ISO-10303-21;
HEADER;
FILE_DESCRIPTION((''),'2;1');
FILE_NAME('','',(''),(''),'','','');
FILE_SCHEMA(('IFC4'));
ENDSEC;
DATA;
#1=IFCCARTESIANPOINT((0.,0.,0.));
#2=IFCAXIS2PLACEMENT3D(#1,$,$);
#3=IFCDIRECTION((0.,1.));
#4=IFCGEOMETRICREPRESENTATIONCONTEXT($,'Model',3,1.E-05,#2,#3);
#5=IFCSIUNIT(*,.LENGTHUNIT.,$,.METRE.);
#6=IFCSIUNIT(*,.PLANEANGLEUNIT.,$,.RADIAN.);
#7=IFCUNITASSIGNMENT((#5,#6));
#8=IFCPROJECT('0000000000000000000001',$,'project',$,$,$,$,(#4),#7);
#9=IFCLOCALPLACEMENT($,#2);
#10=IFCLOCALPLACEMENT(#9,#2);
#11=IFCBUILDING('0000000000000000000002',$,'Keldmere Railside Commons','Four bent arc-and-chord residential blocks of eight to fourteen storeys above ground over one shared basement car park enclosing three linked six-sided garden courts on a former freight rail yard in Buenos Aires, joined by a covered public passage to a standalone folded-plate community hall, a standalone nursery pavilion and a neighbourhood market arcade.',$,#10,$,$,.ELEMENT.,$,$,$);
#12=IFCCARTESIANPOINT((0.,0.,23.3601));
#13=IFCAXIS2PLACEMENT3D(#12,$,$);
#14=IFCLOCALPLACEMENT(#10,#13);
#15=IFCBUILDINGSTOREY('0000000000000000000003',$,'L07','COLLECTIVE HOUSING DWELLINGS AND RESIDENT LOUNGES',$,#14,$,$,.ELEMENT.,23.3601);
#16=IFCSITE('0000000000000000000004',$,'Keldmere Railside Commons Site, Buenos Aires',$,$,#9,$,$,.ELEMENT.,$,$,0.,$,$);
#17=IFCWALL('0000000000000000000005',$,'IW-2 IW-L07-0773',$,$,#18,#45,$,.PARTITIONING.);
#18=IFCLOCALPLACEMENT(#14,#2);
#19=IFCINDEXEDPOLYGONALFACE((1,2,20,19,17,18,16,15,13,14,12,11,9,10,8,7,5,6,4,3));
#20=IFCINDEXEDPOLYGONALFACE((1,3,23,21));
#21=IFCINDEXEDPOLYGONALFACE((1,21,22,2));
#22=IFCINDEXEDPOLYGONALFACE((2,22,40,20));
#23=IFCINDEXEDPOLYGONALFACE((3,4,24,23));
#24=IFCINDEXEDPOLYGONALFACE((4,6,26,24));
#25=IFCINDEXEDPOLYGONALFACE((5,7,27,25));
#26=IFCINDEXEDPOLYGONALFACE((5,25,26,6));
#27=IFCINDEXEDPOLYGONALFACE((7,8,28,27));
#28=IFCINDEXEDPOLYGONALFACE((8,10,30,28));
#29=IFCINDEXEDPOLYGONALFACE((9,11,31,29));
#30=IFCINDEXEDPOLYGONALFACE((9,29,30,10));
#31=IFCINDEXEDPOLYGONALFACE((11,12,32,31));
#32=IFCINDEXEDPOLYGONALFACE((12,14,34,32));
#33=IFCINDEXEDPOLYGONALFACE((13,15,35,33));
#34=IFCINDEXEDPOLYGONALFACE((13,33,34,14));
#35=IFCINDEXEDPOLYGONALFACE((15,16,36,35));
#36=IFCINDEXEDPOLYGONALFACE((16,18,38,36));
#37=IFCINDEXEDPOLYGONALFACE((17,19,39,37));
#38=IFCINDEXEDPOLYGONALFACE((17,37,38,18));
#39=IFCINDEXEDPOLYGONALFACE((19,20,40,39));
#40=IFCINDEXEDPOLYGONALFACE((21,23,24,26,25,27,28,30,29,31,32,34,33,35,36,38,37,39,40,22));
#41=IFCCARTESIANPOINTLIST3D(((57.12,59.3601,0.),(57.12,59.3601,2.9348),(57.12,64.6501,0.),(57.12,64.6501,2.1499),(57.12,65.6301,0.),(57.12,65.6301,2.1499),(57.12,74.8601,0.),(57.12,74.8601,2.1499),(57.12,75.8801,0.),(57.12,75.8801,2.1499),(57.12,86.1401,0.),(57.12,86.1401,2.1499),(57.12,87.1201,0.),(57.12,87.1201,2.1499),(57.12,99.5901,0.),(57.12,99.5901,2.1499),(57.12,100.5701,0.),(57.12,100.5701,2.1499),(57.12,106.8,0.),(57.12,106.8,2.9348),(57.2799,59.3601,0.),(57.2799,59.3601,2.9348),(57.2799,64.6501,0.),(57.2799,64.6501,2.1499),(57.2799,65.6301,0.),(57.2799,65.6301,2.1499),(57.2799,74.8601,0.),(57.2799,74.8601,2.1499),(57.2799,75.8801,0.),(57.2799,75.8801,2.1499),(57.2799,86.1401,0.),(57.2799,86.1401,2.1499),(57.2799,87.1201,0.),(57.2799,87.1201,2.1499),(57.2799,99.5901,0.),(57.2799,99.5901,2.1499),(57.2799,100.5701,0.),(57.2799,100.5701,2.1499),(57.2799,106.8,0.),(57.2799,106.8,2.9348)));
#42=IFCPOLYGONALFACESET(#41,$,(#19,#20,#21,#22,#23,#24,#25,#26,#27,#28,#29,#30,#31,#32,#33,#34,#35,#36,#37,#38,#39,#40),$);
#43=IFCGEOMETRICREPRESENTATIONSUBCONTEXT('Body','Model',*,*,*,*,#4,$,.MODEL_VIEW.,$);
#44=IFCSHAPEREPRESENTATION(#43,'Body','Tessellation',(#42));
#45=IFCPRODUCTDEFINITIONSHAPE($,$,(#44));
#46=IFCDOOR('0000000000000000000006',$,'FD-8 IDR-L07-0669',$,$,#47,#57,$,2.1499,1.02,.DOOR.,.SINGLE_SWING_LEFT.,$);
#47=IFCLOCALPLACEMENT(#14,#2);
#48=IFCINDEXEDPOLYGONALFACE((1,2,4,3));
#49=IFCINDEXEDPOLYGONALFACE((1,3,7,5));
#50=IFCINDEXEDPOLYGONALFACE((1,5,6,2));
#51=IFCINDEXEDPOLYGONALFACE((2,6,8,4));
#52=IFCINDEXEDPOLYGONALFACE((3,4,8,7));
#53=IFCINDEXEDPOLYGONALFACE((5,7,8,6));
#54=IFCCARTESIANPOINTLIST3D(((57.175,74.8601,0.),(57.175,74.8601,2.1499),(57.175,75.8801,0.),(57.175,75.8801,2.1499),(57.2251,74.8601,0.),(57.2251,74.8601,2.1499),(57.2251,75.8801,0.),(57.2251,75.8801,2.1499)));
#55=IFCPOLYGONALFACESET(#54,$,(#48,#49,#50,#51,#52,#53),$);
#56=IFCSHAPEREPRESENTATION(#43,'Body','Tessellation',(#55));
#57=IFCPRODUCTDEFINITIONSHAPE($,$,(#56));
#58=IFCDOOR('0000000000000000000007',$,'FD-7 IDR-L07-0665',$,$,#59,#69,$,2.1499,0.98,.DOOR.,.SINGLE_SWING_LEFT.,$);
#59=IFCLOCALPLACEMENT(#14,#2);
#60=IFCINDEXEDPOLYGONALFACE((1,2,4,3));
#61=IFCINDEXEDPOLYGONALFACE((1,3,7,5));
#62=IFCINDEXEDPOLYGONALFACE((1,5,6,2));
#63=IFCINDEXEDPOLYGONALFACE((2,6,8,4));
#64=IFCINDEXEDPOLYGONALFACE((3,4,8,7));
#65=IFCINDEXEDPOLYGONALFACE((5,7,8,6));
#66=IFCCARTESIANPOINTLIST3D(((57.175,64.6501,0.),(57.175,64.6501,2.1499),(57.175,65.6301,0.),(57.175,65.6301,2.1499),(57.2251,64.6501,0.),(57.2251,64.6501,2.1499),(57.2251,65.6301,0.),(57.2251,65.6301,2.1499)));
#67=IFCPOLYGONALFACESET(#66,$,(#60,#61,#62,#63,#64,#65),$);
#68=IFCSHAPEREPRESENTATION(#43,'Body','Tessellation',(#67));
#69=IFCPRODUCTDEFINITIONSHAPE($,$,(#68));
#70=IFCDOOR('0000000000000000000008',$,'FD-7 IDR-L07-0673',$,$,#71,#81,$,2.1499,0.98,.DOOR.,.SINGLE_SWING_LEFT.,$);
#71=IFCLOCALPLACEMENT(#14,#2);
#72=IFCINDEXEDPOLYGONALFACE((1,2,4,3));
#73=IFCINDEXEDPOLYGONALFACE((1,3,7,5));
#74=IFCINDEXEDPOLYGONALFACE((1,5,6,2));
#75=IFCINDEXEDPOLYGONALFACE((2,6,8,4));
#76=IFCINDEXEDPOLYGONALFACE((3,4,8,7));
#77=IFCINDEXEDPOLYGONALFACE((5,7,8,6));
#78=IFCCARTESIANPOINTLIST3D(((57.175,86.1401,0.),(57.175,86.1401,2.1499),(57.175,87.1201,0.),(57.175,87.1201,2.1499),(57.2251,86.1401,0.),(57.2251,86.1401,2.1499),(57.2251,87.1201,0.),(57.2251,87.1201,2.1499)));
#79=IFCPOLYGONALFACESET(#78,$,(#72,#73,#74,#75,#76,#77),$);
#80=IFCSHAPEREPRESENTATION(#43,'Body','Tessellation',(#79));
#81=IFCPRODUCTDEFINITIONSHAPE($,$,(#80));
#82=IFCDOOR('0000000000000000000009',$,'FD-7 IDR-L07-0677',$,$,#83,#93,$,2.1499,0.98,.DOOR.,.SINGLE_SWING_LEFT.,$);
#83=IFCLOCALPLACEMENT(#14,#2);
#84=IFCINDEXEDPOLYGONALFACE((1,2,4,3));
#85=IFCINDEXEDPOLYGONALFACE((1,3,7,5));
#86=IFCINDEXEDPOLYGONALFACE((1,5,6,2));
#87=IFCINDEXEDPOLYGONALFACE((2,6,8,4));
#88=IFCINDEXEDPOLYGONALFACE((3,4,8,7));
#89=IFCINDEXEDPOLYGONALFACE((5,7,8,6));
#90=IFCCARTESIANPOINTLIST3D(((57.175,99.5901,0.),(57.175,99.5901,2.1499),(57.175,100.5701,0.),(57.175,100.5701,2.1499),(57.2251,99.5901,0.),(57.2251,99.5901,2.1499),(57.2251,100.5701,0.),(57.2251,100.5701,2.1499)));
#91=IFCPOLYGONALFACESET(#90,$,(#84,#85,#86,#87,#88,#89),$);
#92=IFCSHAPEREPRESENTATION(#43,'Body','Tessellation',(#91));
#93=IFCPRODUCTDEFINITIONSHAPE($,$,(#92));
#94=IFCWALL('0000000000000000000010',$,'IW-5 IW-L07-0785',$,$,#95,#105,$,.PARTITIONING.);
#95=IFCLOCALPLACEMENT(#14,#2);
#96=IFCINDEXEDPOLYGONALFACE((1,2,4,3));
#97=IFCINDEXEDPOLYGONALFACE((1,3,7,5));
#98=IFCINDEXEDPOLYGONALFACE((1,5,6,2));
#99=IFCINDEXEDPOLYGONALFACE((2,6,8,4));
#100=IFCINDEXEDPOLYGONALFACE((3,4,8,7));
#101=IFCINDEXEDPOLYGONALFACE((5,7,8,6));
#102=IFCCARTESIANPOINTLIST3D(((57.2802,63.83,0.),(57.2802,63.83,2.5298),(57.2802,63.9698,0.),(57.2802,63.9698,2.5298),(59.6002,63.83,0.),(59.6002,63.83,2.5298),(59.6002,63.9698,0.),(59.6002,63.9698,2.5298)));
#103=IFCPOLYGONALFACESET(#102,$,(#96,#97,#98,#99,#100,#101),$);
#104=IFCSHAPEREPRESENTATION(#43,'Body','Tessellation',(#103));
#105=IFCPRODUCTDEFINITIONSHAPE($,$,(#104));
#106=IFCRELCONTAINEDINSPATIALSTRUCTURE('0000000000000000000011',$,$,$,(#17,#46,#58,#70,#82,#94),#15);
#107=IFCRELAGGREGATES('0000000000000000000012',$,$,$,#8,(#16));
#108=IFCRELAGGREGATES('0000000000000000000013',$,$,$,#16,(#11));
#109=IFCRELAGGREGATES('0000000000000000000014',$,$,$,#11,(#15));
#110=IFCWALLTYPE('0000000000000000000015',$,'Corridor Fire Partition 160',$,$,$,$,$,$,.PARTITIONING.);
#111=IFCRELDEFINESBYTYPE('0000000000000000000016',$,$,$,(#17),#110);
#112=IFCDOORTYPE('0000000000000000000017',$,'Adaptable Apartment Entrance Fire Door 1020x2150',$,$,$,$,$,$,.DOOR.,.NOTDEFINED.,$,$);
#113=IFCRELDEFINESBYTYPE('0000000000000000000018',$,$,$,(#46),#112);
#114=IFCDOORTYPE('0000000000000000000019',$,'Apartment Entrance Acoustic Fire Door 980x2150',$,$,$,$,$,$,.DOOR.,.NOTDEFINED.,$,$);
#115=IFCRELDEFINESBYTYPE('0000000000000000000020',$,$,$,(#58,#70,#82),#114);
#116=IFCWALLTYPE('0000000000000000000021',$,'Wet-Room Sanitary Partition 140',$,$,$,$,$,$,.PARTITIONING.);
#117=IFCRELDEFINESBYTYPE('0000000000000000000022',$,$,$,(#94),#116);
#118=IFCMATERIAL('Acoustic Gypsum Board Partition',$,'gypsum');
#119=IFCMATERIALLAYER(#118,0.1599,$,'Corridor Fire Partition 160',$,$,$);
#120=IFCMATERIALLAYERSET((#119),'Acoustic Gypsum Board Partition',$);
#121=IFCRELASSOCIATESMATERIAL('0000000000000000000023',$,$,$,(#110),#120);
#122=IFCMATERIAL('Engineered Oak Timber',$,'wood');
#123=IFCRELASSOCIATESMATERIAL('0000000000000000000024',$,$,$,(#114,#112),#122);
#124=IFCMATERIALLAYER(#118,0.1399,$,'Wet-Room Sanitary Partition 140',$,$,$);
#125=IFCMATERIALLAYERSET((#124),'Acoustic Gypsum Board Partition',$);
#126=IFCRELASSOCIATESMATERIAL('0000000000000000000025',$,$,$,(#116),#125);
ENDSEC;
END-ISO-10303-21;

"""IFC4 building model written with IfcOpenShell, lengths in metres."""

from ifc_helpers import new_model, si_unit, direction, frame, frame_2d, origin, place, context, subcontext, project, spatial, rectangle, extrude, material, layer, layer_set, type_object, element, fill, save


model = new_model("IFC4")

# Units and contexts
model_context = context("Model", 3, precision=1e-05, world=origin(), true_north=direction((0.0, 1.0)))
body_context = subcontext(model_context, "Body", "Model", "MODEL_VIEW")
ifc_project = project(units=[si_unit("LENGTHUNIT", "METRE"), si_unit("PLANEANGLEUNIT", "RADIAN")], contexts=[model_context])

# Site, building, storey
site_placement = place(None, origin())
site = spatial("IfcSite", under=ifc_project, at=site_placement, Name="Keldmere Railside Commons Site, Buenos Aires", CompositionType="ELEMENT", RefElevation=0.0)
building_placement = place(site_placement, origin())
building = spatial("IfcBuilding", under=site, at=building_placement, Name="Keldmere Railside Commons", Description="Four bent arc-and-chord residential blocks of eight to fourteen storeys above ground over one shared basement car park enclosing three linked six-sided garden courts on a former freight rail yard in Buenos Aires, joined by a covered public passage to a standalone folded-plate community hall, a standalone nursery pavilion and a neighbourhood market arcade.", CompositionType="ELEMENT")
storey_placement = place(building_placement, frame((0.0, 0.0, 23.3601)))
storey = spatial("IfcBuildingStorey", under=building, at=storey_placement, Name="L07", Description="COLLECTIVE HOUSING DWELLINGS AND RESIDENT LOUNGES", CompositionType="ELEMENT", Elevation=23.3601)

# Wall, openings, doors
ifc_material_1 = material(Name="Acoustic Gypsum Board Partition", Category="gypsum")
ifc_material_2 = material(Name="Engineered Oak Timber", Category="wood")
ifc_layer_1 = layer(ifc_material_1, 0.1599, Name="Corridor Fire Partition 160")
ifc_layer_set_1 = layer_set([ifc_layer_1], Name="Acoustic Gypsum Board Partition")
wall_type_1 = type_object("IfcWallType", Name="Corridor Fire Partition 160", PredefinedType="PARTITIONING", material=ifc_layer_set_1)
door_type_1 = type_object("IfcDoorType", Name="Apartment Entrance Acoustic Fire Door 980x2150", OperationType="NOTDEFINED", PredefinedType="DOOR", material=ifc_material_2)
wall_1_placement = place(storey_placement, frame((57.2, 59.3601, 0.0), z_axis=(0.0, 0.0, 1.0), x_axis=(0.0, 1.0, 0.0)))
wall_1 = element("IfcWall", 1, at=wall_1_placement, inside=storey, type_object=wall_type_1, Name="IW-2 IW-L07-0773", PredefinedType="PARTITIONING", context=body_context, shape_type="SweptSolid", body=[
    extrude(rectangle(XDim=47.4399, YDim=0.1599, at=frame_2d((23.72, 0.0))), origin(), (0.0, 0.0, 1.0), 2.9348),
])
opening_1_placement = place(wall_1_placement, frame((5.29, 0.0, 0.0)))
opening_1 = element("IfcOpeningElement", 2, at=opening_1_placement, cuts=wall_1, PredefinedType="OPENING", context=body_context, shape_type="SweptSolid", body=[
    extrude(rectangle(XDim=0.98, YDim=2.1499, at=frame_2d((0.49, 1.075))), frame((0.0, 0.0898, 0.0), z_axis=(0.0, -1.0, 0.0), x_axis=(1.0, 0.0, 0.0)), (0.0, 0.0, 1.0), 0.1799),
])
opening_2_placement = place(wall_1_placement, frame((15.5, 0.0, 0.0)))
opening_2 = element("IfcOpeningElement", 3, at=opening_2_placement, cuts=wall_1, PredefinedType="OPENING", context=body_context, shape_type="SweptSolid", body=[
    extrude(rectangle(XDim=1.02, YDim=2.1499, at=frame_2d((0.51, 1.075))), frame((0.0, 0.0898, 0.0), z_axis=(0.0, -1.0, 0.0), x_axis=(1.0, 0.0, 0.0)), (0.0, 0.0, 1.0), 0.1799),
])
opening_3_placement = place(wall_1_placement, frame((26.78, 0.0, 0.0)))
opening_3 = element("IfcOpeningElement", 4, at=opening_3_placement, cuts=wall_1, PredefinedType="OPENING", context=body_context, shape_type="SweptSolid", body=[
    extrude(rectangle(XDim=0.98, YDim=2.1499, at=frame_2d((0.49, 1.075))), frame((0.0, 0.0898, 0.0), z_axis=(0.0, -1.0, 0.0), x_axis=(1.0, 0.0, 0.0)), (0.0, 0.0, 1.0), 0.1799),
])
opening_4_placement = place(wall_1_placement, frame((40.23, 0.0, 0.0)))
opening_4 = element("IfcOpeningElement", 5, at=opening_4_placement, cuts=wall_1, PredefinedType="OPENING", context=body_context, shape_type="SweptSolid", body=[
    extrude(rectangle(XDim=0.98, YDim=2.1499, at=frame_2d((0.49, 1.075))), frame((0.0, 0.0898, 0.0), z_axis=(0.0, -1.0, 0.0), x_axis=(1.0, 0.0, 0.0)), (0.0, 0.0, 1.0), 0.1799),
])
door_type_2 = type_object("IfcDoorType", Name="Adaptable Apartment Entrance Fire Door 1020x2150", OperationType="NOTDEFINED", PredefinedType="DOOR", material=ifc_material_2)
door_1_placement = place(opening_2_placement, origin())
door_1 = element("IfcDoor", 6, at=door_1_placement, inside=storey, type_object=door_type_2, Name="FD-8 IDR-L07-0669", OperationType="SINGLE_SWING_LEFT", OverallHeight=2.1499, OverallWidth=1.02, PredefinedType="DOOR", context=body_context, shape_type="SweptSolid", body=[
    extrude(rectangle(XDim=1.02, YDim=2.1499, at=frame_2d((0.51, 1.075))), frame((0.0, 0.0249, 0.0), z_axis=(0.0, -1.0, 0.0), x_axis=(1.0, 0.0, 0.0)), (0.0, 0.0, 1.0), 0.05),
])
fill(opening_2, door_1)
door_2_placement = place(opening_1_placement, origin())
door_2 = element("IfcDoor", 7, at=door_2_placement, inside=storey, type_object=door_type_1, Name="FD-7 IDR-L07-0665", OperationType="SINGLE_SWING_LEFT", OverallHeight=2.1499, OverallWidth=0.98, PredefinedType="DOOR", context=body_context, shape_type="SweptSolid", body=[
    extrude(rectangle(XDim=0.98, YDim=2.1499, at=frame_2d((0.49, 1.075))), frame((0.0, 0.0249, 0.0), z_axis=(0.0, -1.0, 0.0), x_axis=(1.0, 0.0, 0.0)), (0.0, 0.0, 1.0), 0.05),
])
fill(opening_1, door_2)
door_3_placement = place(opening_3_placement, origin())
door_3 = element("IfcDoor", 8, at=door_3_placement, inside=storey, type_object=door_type_1, Name="FD-7 IDR-L07-0673", OperationType="SINGLE_SWING_LEFT", OverallHeight=2.1499, OverallWidth=0.98, PredefinedType="DOOR", context=body_context, shape_type="SweptSolid", body=[
    extrude(rectangle(XDim=0.98, YDim=2.1499, at=frame_2d((0.49, 1.075))), frame((0.0, 0.0249, 0.0), z_axis=(0.0, -1.0, 0.0), x_axis=(1.0, 0.0, 0.0)), (0.0, 0.0, 1.0), 0.05),
])
fill(opening_3, door_3)
door_4_placement = place(opening_4_placement, origin())
door_4 = element("IfcDoor", 9, at=door_4_placement, inside=storey, type_object=door_type_1, Name="FD-7 IDR-L07-0677", OperationType="SINGLE_SWING_LEFT", OverallHeight=2.1499, OverallWidth=0.98, PredefinedType="DOOR", context=body_context, shape_type="SweptSolid", body=[
    extrude(rectangle(XDim=0.98, YDim=2.1499, at=frame_2d((0.49, 1.075))), frame((0.0, 0.0249, 0.0), z_axis=(0.0, -1.0, 0.0), x_axis=(1.0, 0.0, 0.0)), (0.0, 0.0, 1.0), 0.05),
])
fill(opening_4, door_4)

# Wall
ifc_layer_2 = layer(ifc_material_1, 0.1399, Name="Wet-Room Sanitary Partition 140")
ifc_layer_set_2 = layer_set([ifc_layer_2], Name="Acoustic Gypsum Board Partition")
wall_type_2 = type_object("IfcWallType", Name="Wet-Room Sanitary Partition 140", PredefinedType="PARTITIONING", material=ifc_layer_set_2)
wall_2_placement = place(storey_placement, frame((57.28, 63.8999, 0.0), z_axis=(0.0, 0.0, 1.0), x_axis=(1.0, 0.0, 0.0)))
element("IfcWall", 10, at=wall_2_placement, inside=storey, type_object=wall_type_2, Name="IW-5 IW-L07-0785", PredefinedType="PARTITIONING", context=body_context, shape_type="SweptSolid", body=[
    extrude(rectangle(XDim=2.3201, YDim=0.1399, at=frame_2d((1.1602, 0.0))), origin(), (0.0, 0.0, 1.0), 2.5298),
])

save(model, "model.ifc")
